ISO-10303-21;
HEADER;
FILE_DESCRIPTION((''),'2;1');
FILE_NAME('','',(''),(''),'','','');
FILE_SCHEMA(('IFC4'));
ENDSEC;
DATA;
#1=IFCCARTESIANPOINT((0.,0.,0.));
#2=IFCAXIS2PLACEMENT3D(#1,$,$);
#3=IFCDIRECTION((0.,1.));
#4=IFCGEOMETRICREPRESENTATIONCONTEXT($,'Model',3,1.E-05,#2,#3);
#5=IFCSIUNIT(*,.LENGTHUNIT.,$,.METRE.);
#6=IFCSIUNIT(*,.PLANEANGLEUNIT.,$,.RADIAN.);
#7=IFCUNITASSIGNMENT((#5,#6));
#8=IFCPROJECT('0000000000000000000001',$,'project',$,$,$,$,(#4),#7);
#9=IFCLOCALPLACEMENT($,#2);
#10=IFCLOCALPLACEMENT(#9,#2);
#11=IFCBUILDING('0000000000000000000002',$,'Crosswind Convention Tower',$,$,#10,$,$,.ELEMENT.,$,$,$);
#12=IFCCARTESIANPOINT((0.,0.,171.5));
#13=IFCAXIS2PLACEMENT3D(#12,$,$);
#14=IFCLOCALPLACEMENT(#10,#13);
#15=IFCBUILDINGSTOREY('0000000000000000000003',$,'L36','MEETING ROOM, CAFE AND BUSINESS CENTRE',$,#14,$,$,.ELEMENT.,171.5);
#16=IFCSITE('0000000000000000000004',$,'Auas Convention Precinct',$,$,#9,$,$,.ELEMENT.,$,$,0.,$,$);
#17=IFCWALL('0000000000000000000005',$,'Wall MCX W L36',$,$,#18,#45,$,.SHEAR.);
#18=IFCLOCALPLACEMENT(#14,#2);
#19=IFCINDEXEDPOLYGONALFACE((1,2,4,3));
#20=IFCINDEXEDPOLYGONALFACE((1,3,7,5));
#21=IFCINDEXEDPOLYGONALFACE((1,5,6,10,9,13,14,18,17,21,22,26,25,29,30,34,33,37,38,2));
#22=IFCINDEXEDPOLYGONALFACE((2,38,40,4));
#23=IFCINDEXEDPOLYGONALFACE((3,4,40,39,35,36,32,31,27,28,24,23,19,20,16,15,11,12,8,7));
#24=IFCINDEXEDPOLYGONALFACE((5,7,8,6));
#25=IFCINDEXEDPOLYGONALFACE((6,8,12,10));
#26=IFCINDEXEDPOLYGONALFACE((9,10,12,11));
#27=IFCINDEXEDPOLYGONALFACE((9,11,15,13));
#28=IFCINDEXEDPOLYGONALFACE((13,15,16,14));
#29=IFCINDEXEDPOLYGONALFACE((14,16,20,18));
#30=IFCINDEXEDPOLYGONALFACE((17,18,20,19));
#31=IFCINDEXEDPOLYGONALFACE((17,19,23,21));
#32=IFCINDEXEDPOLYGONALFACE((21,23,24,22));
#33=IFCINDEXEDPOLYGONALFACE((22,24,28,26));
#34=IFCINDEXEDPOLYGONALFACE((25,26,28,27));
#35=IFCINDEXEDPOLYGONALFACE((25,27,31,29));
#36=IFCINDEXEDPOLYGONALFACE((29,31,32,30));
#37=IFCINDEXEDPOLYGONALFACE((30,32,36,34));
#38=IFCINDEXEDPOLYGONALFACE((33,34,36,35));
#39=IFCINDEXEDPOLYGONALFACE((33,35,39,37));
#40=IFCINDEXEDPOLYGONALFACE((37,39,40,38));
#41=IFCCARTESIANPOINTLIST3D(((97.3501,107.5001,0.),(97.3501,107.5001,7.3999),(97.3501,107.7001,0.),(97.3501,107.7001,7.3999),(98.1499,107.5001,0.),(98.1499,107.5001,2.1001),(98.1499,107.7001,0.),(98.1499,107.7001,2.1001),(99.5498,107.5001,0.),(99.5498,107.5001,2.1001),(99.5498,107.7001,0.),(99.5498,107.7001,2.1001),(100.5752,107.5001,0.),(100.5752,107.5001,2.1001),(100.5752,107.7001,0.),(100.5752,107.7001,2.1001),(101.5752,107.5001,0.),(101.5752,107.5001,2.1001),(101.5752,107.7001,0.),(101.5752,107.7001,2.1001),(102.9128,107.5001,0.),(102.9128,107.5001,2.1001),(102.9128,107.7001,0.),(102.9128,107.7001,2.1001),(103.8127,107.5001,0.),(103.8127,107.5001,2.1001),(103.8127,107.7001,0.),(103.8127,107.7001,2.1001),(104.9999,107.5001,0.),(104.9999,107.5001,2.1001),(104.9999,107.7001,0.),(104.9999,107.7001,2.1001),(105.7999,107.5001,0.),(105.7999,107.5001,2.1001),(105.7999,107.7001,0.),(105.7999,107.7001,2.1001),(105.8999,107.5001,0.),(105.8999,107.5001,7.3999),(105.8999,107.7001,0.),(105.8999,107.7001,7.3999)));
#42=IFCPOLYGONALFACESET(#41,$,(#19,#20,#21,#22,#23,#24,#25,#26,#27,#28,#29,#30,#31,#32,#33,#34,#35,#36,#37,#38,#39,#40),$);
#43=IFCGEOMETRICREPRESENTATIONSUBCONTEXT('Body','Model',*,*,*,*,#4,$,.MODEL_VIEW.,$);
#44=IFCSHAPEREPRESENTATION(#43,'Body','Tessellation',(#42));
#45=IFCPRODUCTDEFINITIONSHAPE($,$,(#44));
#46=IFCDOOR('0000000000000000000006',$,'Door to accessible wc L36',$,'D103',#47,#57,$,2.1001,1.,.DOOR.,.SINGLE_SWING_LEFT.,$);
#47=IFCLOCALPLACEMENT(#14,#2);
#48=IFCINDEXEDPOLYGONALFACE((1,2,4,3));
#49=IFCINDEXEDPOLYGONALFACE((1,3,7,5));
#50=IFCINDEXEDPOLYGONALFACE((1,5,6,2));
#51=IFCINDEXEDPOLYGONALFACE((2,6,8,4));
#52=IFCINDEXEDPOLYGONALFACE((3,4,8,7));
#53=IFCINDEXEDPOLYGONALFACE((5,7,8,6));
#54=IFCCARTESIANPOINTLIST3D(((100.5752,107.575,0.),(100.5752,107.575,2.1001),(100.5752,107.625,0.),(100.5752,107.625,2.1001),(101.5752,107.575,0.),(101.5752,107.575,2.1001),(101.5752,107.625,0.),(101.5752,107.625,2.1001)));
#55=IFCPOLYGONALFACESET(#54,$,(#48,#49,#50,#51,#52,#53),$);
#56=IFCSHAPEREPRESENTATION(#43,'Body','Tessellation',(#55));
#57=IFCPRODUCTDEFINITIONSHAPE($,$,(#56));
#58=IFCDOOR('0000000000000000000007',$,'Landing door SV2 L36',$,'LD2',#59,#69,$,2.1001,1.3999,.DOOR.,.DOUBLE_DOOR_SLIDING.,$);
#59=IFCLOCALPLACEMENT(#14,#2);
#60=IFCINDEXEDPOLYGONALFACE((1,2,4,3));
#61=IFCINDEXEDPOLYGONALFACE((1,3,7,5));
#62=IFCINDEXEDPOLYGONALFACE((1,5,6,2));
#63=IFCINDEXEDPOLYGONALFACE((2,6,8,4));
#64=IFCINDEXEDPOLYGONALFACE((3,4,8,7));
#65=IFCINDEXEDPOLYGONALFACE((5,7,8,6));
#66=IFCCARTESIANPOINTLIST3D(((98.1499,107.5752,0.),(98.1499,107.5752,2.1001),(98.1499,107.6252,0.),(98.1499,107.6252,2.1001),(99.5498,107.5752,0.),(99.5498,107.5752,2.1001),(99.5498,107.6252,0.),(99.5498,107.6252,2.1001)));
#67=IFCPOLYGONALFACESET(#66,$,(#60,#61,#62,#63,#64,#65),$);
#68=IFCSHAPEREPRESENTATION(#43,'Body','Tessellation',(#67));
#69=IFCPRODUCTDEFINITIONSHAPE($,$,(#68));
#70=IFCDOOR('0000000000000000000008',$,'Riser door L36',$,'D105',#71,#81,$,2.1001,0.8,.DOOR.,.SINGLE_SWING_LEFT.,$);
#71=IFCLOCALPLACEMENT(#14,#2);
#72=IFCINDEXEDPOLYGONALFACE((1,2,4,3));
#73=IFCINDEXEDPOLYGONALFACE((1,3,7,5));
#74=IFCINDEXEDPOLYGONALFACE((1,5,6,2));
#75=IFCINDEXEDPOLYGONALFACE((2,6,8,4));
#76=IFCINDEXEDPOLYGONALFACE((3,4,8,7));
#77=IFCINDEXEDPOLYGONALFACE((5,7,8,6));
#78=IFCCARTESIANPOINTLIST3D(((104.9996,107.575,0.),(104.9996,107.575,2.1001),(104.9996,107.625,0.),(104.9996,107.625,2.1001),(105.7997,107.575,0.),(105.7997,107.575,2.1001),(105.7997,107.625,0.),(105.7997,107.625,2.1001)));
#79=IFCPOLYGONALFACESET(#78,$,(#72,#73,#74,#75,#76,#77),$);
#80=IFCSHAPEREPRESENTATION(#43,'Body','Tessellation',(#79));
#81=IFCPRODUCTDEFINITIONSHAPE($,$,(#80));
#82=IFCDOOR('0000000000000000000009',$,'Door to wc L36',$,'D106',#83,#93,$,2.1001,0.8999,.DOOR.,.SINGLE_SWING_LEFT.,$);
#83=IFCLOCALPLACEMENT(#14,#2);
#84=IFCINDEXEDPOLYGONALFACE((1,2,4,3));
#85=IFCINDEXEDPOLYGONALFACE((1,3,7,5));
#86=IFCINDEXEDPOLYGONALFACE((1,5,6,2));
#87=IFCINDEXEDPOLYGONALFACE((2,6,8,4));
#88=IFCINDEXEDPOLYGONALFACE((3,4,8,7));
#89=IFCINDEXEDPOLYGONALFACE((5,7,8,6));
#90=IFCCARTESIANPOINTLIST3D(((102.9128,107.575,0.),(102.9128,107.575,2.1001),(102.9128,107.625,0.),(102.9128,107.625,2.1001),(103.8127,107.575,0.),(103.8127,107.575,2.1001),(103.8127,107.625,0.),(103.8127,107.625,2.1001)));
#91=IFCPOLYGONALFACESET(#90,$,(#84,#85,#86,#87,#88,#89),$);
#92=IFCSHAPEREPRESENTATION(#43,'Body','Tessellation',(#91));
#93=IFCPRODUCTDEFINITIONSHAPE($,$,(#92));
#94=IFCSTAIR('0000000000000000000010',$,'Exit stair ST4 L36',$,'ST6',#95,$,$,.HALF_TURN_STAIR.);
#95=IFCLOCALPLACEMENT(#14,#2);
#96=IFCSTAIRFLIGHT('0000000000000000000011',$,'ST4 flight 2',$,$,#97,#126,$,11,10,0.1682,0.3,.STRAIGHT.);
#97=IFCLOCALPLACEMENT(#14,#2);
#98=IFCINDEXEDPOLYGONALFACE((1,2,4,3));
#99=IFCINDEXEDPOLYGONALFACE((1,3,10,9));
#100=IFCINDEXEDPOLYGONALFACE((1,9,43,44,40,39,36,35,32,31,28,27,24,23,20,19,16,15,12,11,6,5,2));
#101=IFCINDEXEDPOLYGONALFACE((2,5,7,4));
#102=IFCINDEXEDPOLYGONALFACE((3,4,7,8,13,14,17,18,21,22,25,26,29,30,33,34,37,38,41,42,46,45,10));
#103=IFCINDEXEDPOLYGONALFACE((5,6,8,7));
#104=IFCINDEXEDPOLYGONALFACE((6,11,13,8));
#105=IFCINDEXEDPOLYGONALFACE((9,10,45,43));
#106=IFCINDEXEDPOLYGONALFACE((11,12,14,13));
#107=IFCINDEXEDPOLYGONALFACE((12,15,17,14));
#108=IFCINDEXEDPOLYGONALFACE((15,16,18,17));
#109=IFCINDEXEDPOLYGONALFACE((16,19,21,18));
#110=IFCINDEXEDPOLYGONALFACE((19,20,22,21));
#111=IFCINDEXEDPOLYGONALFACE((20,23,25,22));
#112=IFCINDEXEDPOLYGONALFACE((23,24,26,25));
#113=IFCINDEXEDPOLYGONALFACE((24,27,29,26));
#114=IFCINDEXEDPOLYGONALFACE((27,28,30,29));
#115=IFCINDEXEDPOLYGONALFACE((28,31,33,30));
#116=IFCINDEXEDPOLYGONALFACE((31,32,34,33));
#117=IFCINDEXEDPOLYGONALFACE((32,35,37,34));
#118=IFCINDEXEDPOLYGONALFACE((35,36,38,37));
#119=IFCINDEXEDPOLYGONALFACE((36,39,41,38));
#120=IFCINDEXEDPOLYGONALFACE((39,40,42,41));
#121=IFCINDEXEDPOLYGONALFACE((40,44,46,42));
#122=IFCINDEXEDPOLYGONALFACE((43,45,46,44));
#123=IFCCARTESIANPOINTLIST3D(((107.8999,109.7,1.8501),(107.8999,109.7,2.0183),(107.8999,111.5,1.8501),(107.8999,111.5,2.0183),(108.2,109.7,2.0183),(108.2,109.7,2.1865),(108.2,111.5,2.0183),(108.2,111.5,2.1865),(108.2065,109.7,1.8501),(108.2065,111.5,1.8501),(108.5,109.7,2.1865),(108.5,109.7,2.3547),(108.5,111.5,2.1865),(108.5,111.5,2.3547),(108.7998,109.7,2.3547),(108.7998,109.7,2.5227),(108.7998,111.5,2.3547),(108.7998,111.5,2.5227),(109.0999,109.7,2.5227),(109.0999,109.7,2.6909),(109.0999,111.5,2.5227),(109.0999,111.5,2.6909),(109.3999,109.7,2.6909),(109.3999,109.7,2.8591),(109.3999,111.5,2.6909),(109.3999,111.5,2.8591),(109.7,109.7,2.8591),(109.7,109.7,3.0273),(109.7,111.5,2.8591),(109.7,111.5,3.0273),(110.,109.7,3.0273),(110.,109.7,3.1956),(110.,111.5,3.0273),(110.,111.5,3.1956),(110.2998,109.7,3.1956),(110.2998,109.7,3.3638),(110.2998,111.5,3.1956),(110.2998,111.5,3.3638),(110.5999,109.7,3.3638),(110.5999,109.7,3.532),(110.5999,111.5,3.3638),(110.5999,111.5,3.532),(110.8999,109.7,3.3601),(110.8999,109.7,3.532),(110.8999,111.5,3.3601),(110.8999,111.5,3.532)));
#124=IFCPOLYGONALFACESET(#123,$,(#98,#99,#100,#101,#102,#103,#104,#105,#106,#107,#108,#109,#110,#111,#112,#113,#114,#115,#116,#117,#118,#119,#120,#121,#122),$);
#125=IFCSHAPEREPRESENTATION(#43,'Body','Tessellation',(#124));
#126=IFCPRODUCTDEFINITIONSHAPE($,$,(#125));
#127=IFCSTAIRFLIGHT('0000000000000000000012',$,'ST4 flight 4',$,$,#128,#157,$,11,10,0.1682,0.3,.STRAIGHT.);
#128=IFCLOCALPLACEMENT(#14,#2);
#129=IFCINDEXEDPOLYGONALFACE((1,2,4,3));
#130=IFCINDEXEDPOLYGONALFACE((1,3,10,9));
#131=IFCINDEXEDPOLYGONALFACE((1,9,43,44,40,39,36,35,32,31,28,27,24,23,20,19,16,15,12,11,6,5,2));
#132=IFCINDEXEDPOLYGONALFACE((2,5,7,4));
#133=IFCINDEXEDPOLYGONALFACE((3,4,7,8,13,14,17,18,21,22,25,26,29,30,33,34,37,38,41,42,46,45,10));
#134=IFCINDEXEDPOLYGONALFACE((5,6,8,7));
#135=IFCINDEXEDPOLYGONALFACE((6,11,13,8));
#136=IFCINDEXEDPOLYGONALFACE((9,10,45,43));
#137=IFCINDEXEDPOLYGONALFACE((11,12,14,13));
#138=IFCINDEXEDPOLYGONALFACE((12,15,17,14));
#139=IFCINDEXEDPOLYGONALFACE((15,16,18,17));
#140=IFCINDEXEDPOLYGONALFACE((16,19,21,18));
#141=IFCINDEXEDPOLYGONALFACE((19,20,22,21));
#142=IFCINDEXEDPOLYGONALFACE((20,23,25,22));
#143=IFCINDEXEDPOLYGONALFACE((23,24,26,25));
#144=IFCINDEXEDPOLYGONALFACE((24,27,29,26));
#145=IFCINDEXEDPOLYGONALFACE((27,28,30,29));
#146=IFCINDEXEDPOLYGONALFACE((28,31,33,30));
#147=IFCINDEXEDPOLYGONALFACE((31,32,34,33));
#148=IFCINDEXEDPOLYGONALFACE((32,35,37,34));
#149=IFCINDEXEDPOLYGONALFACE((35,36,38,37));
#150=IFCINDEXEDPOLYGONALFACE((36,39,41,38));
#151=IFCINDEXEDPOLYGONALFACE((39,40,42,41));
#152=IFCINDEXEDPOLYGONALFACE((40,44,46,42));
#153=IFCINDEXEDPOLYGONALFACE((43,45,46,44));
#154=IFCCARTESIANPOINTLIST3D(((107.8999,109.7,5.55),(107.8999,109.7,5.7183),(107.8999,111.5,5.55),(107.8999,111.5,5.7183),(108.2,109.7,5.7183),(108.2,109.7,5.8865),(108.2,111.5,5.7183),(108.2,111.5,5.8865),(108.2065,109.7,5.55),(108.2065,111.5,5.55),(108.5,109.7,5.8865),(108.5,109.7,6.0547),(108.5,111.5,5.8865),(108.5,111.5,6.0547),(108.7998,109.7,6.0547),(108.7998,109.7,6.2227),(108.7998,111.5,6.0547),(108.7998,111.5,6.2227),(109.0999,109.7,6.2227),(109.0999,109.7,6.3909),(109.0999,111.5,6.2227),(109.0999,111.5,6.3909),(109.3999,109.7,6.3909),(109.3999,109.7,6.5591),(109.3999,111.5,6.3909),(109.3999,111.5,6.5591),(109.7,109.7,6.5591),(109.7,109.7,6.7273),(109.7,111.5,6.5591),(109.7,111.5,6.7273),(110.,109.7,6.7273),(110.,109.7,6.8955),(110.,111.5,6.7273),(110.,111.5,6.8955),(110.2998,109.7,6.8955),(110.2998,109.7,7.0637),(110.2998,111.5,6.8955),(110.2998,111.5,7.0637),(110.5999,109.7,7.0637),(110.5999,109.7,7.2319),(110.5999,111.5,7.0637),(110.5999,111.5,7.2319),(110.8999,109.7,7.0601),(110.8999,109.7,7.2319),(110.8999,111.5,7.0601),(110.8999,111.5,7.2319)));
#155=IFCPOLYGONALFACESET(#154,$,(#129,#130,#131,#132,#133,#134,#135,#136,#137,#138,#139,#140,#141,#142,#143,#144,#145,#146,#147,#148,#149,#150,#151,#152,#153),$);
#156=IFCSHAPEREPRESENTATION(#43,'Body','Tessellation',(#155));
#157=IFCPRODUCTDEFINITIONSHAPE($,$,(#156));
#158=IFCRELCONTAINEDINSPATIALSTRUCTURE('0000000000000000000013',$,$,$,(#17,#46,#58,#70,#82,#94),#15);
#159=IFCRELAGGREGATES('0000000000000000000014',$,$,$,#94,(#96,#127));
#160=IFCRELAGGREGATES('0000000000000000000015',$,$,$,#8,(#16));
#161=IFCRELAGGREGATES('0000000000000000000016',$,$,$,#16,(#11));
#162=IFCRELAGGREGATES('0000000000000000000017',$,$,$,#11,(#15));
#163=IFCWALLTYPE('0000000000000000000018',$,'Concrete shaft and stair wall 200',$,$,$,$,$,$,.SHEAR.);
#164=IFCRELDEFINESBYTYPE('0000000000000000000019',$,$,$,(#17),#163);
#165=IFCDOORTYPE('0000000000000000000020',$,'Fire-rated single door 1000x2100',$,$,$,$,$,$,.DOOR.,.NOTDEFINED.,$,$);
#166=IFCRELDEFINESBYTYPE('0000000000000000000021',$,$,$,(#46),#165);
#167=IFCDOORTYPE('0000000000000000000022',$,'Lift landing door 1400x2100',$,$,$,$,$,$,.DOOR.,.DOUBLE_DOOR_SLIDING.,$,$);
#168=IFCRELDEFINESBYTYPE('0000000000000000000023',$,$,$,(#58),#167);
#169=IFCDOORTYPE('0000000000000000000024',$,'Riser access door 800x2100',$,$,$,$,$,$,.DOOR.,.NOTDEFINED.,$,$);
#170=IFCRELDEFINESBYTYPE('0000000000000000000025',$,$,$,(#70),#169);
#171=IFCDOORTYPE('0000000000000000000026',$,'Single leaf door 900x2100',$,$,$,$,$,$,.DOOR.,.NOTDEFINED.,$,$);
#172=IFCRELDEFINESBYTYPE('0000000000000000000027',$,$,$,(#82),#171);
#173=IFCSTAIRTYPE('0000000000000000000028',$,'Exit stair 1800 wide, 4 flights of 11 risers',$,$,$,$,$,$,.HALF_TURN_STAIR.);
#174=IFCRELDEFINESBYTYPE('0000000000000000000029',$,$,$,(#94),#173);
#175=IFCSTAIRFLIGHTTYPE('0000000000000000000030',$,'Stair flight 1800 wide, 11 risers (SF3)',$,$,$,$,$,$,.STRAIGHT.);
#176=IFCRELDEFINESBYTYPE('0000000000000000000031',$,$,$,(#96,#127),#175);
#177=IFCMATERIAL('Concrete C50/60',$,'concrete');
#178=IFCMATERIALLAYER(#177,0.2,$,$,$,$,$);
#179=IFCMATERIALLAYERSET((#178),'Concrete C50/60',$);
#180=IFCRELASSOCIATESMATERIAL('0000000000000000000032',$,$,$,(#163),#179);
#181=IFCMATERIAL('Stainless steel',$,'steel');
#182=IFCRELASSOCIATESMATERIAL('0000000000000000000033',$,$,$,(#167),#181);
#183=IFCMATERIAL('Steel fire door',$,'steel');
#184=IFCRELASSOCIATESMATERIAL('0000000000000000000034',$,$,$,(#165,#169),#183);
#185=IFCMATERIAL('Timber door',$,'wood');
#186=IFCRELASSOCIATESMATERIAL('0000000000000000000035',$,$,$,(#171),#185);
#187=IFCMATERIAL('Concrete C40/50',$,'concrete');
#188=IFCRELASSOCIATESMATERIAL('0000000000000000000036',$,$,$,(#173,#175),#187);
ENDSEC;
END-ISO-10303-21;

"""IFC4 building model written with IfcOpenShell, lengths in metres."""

from ifc_helpers import new_model, si_unit, direction, frame, frame_2d, origin, place, context, subcontext, project, spatial, polyline, rectangle, outline, extrude, material, layer, layer_set, type_object, element, fill, aggregate, save


model = new_model("IFC4")

# Units and contexts
model_context = context("Model", 3, precision=1e-05, world=origin(), true_north=direction((0.0, 1.0)))
body_context = subcontext(model_context, "Body", "Model", "MODEL_VIEW")
ifc_project = project(units=[si_unit("LENGTHUNIT", "METRE"), si_unit("PLANEANGLEUNIT", "RADIAN")], contexts=[model_context])

# Site, building, storey
site_placement = place(None, origin())
site = spatial("IfcSite", under=ifc_project, at=site_placement, Name="Auas Convention Precinct", CompositionType="ELEMENT", RefElevation=0.0)
building_placement = place(site_placement, origin())
building = spatial("IfcBuilding", under=site, at=building_placement, Name="Crosswind Convention Tower", CompositionType="ELEMENT")
storey_placement = place(building_placement, frame((0.0, 0.0, 171.5)))
storey = spatial("IfcBuildingStorey", under=building, at=storey_placement, Name="L36", Description="MEETING ROOM, CAFE AND BUSINESS CENTRE", CompositionType="ELEMENT", Elevation=171.5)

# Shared definitions
ifc_material_1 = material(Name="Concrete C50/60", Category="concrete")
ifc_layer = layer(ifc_material_1, 0.2)
ifc_layer_set = layer_set([ifc_layer], Name="Concrete C50/60")
wall_type = type_object("IfcWallType", Name="Concrete shaft and stair wall 200", PredefinedType="SHEAR", material=ifc_layer_set)

# Shared definitions
ifc_material_2 = material(Name="Stainless steel", Category="steel")
door_type_1 = type_object("IfcDoorType", Name="Lift landing door 1400x2100", OperationType="DOUBLE_DOOR_SLIDING", PredefinedType="DOOR", material=ifc_material_2)

# Wall, openings, doors
wall_1_placement = place(storey_placement, frame((105.8999, 107.6001, 0.0), z_axis=(0.0, 0.0, 1.0), x_axis=(-1.0, 0.0, 0.0)))
wall_1 = element("IfcWall", 1, at=wall_1_placement, inside=storey, type_object=wall_type, Name="Wall MCX W L36", PredefinedType="SHEAR", context=body_context, shape_type="SweptSolid", body=[
    extrude(rectangle(XDim=8.5498, YDim=0.2, at=frame_2d((4.2749, 0.0))), origin(), (0.0, 0.0, 1.0), 7.3999),
])
opening_1_placement = place(wall_1_placement, frame((0.1001, 0.0, 0.0)))
opening_1 = element("IfcOpeningElement", 2, at=opening_1_placement, cuts=wall_1, PredefinedType="OPENING", context=body_context, shape_type="SweptSolid", body=[
    extrude(rectangle(XDim=0.8, YDim=2.1001, at=frame_2d((0.3999, 1.05))), frame((0.0, 0.1099, 0.0), z_axis=(0.0, -1.0, 0.0), x_axis=(1.0, 0.0, 0.0)), (0.0, 0.0, 1.0), 0.22),
])
opening_2_placement = place(wall_1_placement, frame((2.0872, 0.0, 0.0)))
opening_2 = element("IfcOpeningElement", 3, at=opening_2_placement, cuts=wall_1, PredefinedType="OPENING", context=body_context, shape_type="SweptSolid", body=[
    extrude(rectangle(XDim=0.8999, YDim=2.1001, at=frame_2d((0.45, 1.05))), frame((0.0, 0.1099, 0.0), z_axis=(0.0, -1.0, 0.0), x_axis=(1.0, 0.0, 0.0)), (0.0, 0.0, 1.0), 0.22),
])
opening_3_placement = place(wall_1_placement, frame((4.3247, 0.0, 0.0)))
opening_3 = element("IfcOpeningElement", 4, at=opening_3_placement, cuts=wall_1, PredefinedType="OPENING", context=body_context, shape_type="SweptSolid", body=[
    extrude(rectangle(XDim=1.0, YDim=2.1001, at=frame_2d((0.5, 1.05))), frame((0.0, 0.1099, 0.0), z_axis=(0.0, -1.0, 0.0), x_axis=(1.0, 0.0, 0.0)), (0.0, 0.0, 1.0), 0.22),
])
opening_4_placement = place(wall_1_placement, frame((6.3501, 0.0, 0.0)))
opening_4 = element("IfcOpeningElement", 5, at=opening_4_placement, cuts=wall_1, PredefinedType="OPENING", context=body_context, shape_type="SweptSolid", body=[
    extrude(rectangle(XDim=1.3999, YDim=2.1001, at=frame_2d((0.7, 1.05))), frame((0.0, 0.1099, 0.0), z_axis=(0.0, -1.0, 0.0), x_axis=(1.0, 0.0, 0.0)), (0.0, 0.0, 1.0), 0.22),
])
ifc_material_3 = material(Name="Steel fire door", Category="steel")
door_type_2 = type_object("IfcDoorType", Name="Fire-rated single door 1000x2100", OperationType="NOTDEFINED", PredefinedType="DOOR", material=ifc_material_3)
door_1_placement = place(opening_3_placement, frame((1.0, 0.0, 0.0), z_axis=(0.0, 0.0, 1.0), x_axis=(-1.0, 0.0, 0.0)))
door_1 = element("IfcDoor", 6, at=door_1_placement, inside=storey, type_object=door_type_2, Name="Door to accessible wc L36", ObjectType="D103", OperationType="SINGLE_SWING_LEFT", OverallHeight=2.1001, OverallWidth=1.0, PredefinedType="DOOR", context=body_context, shape_type="SweptSolid", body=[
    extrude(rectangle(XDim=1.0, YDim=2.1001, at=frame_2d((0.5, 1.05))), frame((0.0, 0.0249, 0.0), z_axis=(0.0, -1.0, 0.0), x_axis=(1.0, 0.0, 0.0)), (0.0, 0.0, 1.0), 0.05),
])
fill(opening_3, door_1)
door_2_placement = place(opening_4_placement, origin())
door_2 = element("IfcDoor", 7, at=door_2_placement, inside=storey, type_object=door_type_1, Name="Landing door SV2 L36", ObjectType="LD2", OperationType="DOUBLE_DOOR_SLIDING", OverallHeight=2.1001, OverallWidth=1.3999, PredefinedType="DOOR", context=body_context, shape_type="SweptSolid", body=[
    extrude(rectangle(XDim=1.3999, YDim=2.1001, at=frame_2d((0.7, 1.05))), frame((0.0, 0.0249, 0.0), z_axis=(0.0, -1.0, 0.0), x_axis=(1.0, 0.0, 0.0)), (0.0, 0.0, 1.0), 0.05),
])
fill(opening_4, door_2)
door_type_3 = type_object("IfcDoorType", Name="Riser access door 800x2100", OperationType="NOTDEFINED", PredefinedType="DOOR", material=ifc_material_3)
door_3_placement = place(opening_1_placement, frame((0.8, 0.0, 0.0), z_axis=(0.0, 0.0, 1.0), x_axis=(-1.0, 0.0, 0.0)))
door_3 = element("IfcDoor", 8, at=door_3_placement, inside=storey, type_object=door_type_3, Name="Riser door L36", ObjectType="D105", OperationType="SINGLE_SWING_LEFT", OverallHeight=2.1001, OverallWidth=0.8, PredefinedType="DOOR", context=body_context, shape_type="SweptSolid", body=[
    extrude(rectangle(XDim=0.8, YDim=2.1001, at=frame_2d((0.3999, 1.05))), frame((0.0, 0.0249, 0.0), z_axis=(0.0, -1.0, 0.0), x_axis=(1.0, 0.0, 0.0)), (0.0, 0.0, 1.0), 0.05),
])
fill(opening_1, door_3)
ifc_material_4 = material(Name="Timber door", Category="wood")
door_type_4 = type_object("IfcDoorType", Name="Single leaf door 900x2100", OperationType="NOTDEFINED", PredefinedType="DOOR", material=ifc_material_4)
door_4_placement = place(opening_2_placement, frame((0.8999, 0.0, 0.0), z_axis=(0.0, 0.0, 1.0), x_axis=(-1.0, 0.0, 0.0)))
door_4 = element("IfcDoor", 9, at=door_4_placement, inside=storey, type_object=door_type_4, Name="Door to wc L36", ObjectType="D106", OperationType="SINGLE_SWING_LEFT", OverallHeight=2.1001, OverallWidth=0.8999, PredefinedType="DOOR", context=body_context, shape_type="SweptSolid", body=[
    extrude(rectangle(XDim=0.8999, YDim=2.1001, at=frame_2d((0.45, 1.05))), frame((0.0, 0.0249, 0.0), z_axis=(0.0, -1.0, 0.0), x_axis=(1.0, 0.0, 0.0)), (0.0, 0.0, 1.0), 0.05),
])
fill(opening_2, door_4)

# Stair, stair flights
ifc_material_5 = material(Name="Concrete C40/50", Category="concrete")
stair_type = type_object("IfcStairType", Name="Exit stair 1800 wide, 4 flights of 11 risers", PredefinedType="HALF_TURN_STAIR", material=ifc_material_5)
stair_placement = place(storey_placement, origin())
stair = element("IfcStair", 10, at=stair_placement, inside=storey, type_object=stair_type, Name="Exit stair ST4 L36", ObjectType="ST6", PredefinedType="HALF_TURN_STAIR")
stair_flight_type = type_object("IfcStairFlightType", Name="Stair flight 1800 wide, 11 risers (SF3)", PredefinedType="STRAIGHT", material=ifc_material_5)
stair_flight_1_placement = place(storey_placement, frame((107.8999, 110.6001, 1.8501), z_axis=(0.0, 0.0, 1.0), x_axis=(1.0, 0.0, 0.0)))
stair_flight_1 = element("IfcStairFlight", 11, at=stair_flight_1_placement, type_object=stair_flight_type, Name="ST4 flight 2", NumberOfRisers=11, NumberOfTreads=10, PredefinedType="STRAIGHT", RiserHeight=0.1682, TreadLength=0.3, context=body_context, shape_type="SweptSolid", body=[
    extrude(outline(polyline([(0.0, 0.0), (0.0, 0.1682), (0.3, 0.1682), (0.3, 0.3364), (0.6001, 0.3364), (0.6001, 0.5046), (0.8999, 0.5046), (0.8999, 0.6726), (1.2, 0.6726), (1.2, 0.8408), (1.5, 0.8408), (1.5, 1.009), (1.8, 1.009), (1.8, 1.1772), (2.1001, 1.1772), (2.1001, 1.3455), (2.3999, 1.3455), (2.3999, 1.5137), (2.7, 1.5137), (2.7, 1.6819), (3.0, 1.6819), (3.0, 1.8501), (3.0, 1.51), (0.3066, 0.0), (0.0, 0.0)])), frame((0.0, 0.8999, 0.0), z_axis=(0.0, -1.0, 0.0), x_axis=(1.0, 0.0, 0.0)), (0.0, 0.0, 1.0), 1.8),
])
stair_flight_2_placement = place(storey_placement, frame((107.8999, 110.6001, 5.55), z_axis=(0.0, 0.0, 1.0), x_axis=(1.0, 0.0, 0.0)))
stair_flight_2 = element("IfcStairFlight", 12, at=stair_flight_2_placement, type_object=stair_flight_type, Name="ST4 flight 4", NumberOfRisers=11, NumberOfTreads=10, PredefinedType="STRAIGHT", RiserHeight=0.1682, TreadLength=0.3, context=body_context, shape_type="SweptSolid", body=[
    extrude(outline(polyline([(0.0, 0.0), (0.0, 0.1682), (0.3, 0.1682), (0.3, 0.3364), (0.6001, 0.3364), (0.6001, 0.5046), (0.8999, 0.5046), (0.8999, 0.6726), (1.2, 0.6726), (1.2, 0.8408), (1.5, 0.8408), (1.5, 1.009), (1.8, 1.009), (1.8, 1.1772), (2.1001, 1.1772), (2.1001, 1.3455), (2.3999, 1.3455), (2.3999, 1.5137), (2.7, 1.5137), (2.7, 1.6819), (3.0, 1.6819), (3.0, 1.8501), (3.0, 1.51), (0.3066, 0.0), (0.0, 0.0)])), frame((0.0, 0.8999, 0.0), z_axis=(0.0, -1.0, 0.0), x_axis=(1.0, 0.0, 0.0)), (0.0, 0.0, 1.0), 1.8),
])
aggregate(stair, [stair_flight_1, stair_flight_2])

save(model, "model.ifc")
